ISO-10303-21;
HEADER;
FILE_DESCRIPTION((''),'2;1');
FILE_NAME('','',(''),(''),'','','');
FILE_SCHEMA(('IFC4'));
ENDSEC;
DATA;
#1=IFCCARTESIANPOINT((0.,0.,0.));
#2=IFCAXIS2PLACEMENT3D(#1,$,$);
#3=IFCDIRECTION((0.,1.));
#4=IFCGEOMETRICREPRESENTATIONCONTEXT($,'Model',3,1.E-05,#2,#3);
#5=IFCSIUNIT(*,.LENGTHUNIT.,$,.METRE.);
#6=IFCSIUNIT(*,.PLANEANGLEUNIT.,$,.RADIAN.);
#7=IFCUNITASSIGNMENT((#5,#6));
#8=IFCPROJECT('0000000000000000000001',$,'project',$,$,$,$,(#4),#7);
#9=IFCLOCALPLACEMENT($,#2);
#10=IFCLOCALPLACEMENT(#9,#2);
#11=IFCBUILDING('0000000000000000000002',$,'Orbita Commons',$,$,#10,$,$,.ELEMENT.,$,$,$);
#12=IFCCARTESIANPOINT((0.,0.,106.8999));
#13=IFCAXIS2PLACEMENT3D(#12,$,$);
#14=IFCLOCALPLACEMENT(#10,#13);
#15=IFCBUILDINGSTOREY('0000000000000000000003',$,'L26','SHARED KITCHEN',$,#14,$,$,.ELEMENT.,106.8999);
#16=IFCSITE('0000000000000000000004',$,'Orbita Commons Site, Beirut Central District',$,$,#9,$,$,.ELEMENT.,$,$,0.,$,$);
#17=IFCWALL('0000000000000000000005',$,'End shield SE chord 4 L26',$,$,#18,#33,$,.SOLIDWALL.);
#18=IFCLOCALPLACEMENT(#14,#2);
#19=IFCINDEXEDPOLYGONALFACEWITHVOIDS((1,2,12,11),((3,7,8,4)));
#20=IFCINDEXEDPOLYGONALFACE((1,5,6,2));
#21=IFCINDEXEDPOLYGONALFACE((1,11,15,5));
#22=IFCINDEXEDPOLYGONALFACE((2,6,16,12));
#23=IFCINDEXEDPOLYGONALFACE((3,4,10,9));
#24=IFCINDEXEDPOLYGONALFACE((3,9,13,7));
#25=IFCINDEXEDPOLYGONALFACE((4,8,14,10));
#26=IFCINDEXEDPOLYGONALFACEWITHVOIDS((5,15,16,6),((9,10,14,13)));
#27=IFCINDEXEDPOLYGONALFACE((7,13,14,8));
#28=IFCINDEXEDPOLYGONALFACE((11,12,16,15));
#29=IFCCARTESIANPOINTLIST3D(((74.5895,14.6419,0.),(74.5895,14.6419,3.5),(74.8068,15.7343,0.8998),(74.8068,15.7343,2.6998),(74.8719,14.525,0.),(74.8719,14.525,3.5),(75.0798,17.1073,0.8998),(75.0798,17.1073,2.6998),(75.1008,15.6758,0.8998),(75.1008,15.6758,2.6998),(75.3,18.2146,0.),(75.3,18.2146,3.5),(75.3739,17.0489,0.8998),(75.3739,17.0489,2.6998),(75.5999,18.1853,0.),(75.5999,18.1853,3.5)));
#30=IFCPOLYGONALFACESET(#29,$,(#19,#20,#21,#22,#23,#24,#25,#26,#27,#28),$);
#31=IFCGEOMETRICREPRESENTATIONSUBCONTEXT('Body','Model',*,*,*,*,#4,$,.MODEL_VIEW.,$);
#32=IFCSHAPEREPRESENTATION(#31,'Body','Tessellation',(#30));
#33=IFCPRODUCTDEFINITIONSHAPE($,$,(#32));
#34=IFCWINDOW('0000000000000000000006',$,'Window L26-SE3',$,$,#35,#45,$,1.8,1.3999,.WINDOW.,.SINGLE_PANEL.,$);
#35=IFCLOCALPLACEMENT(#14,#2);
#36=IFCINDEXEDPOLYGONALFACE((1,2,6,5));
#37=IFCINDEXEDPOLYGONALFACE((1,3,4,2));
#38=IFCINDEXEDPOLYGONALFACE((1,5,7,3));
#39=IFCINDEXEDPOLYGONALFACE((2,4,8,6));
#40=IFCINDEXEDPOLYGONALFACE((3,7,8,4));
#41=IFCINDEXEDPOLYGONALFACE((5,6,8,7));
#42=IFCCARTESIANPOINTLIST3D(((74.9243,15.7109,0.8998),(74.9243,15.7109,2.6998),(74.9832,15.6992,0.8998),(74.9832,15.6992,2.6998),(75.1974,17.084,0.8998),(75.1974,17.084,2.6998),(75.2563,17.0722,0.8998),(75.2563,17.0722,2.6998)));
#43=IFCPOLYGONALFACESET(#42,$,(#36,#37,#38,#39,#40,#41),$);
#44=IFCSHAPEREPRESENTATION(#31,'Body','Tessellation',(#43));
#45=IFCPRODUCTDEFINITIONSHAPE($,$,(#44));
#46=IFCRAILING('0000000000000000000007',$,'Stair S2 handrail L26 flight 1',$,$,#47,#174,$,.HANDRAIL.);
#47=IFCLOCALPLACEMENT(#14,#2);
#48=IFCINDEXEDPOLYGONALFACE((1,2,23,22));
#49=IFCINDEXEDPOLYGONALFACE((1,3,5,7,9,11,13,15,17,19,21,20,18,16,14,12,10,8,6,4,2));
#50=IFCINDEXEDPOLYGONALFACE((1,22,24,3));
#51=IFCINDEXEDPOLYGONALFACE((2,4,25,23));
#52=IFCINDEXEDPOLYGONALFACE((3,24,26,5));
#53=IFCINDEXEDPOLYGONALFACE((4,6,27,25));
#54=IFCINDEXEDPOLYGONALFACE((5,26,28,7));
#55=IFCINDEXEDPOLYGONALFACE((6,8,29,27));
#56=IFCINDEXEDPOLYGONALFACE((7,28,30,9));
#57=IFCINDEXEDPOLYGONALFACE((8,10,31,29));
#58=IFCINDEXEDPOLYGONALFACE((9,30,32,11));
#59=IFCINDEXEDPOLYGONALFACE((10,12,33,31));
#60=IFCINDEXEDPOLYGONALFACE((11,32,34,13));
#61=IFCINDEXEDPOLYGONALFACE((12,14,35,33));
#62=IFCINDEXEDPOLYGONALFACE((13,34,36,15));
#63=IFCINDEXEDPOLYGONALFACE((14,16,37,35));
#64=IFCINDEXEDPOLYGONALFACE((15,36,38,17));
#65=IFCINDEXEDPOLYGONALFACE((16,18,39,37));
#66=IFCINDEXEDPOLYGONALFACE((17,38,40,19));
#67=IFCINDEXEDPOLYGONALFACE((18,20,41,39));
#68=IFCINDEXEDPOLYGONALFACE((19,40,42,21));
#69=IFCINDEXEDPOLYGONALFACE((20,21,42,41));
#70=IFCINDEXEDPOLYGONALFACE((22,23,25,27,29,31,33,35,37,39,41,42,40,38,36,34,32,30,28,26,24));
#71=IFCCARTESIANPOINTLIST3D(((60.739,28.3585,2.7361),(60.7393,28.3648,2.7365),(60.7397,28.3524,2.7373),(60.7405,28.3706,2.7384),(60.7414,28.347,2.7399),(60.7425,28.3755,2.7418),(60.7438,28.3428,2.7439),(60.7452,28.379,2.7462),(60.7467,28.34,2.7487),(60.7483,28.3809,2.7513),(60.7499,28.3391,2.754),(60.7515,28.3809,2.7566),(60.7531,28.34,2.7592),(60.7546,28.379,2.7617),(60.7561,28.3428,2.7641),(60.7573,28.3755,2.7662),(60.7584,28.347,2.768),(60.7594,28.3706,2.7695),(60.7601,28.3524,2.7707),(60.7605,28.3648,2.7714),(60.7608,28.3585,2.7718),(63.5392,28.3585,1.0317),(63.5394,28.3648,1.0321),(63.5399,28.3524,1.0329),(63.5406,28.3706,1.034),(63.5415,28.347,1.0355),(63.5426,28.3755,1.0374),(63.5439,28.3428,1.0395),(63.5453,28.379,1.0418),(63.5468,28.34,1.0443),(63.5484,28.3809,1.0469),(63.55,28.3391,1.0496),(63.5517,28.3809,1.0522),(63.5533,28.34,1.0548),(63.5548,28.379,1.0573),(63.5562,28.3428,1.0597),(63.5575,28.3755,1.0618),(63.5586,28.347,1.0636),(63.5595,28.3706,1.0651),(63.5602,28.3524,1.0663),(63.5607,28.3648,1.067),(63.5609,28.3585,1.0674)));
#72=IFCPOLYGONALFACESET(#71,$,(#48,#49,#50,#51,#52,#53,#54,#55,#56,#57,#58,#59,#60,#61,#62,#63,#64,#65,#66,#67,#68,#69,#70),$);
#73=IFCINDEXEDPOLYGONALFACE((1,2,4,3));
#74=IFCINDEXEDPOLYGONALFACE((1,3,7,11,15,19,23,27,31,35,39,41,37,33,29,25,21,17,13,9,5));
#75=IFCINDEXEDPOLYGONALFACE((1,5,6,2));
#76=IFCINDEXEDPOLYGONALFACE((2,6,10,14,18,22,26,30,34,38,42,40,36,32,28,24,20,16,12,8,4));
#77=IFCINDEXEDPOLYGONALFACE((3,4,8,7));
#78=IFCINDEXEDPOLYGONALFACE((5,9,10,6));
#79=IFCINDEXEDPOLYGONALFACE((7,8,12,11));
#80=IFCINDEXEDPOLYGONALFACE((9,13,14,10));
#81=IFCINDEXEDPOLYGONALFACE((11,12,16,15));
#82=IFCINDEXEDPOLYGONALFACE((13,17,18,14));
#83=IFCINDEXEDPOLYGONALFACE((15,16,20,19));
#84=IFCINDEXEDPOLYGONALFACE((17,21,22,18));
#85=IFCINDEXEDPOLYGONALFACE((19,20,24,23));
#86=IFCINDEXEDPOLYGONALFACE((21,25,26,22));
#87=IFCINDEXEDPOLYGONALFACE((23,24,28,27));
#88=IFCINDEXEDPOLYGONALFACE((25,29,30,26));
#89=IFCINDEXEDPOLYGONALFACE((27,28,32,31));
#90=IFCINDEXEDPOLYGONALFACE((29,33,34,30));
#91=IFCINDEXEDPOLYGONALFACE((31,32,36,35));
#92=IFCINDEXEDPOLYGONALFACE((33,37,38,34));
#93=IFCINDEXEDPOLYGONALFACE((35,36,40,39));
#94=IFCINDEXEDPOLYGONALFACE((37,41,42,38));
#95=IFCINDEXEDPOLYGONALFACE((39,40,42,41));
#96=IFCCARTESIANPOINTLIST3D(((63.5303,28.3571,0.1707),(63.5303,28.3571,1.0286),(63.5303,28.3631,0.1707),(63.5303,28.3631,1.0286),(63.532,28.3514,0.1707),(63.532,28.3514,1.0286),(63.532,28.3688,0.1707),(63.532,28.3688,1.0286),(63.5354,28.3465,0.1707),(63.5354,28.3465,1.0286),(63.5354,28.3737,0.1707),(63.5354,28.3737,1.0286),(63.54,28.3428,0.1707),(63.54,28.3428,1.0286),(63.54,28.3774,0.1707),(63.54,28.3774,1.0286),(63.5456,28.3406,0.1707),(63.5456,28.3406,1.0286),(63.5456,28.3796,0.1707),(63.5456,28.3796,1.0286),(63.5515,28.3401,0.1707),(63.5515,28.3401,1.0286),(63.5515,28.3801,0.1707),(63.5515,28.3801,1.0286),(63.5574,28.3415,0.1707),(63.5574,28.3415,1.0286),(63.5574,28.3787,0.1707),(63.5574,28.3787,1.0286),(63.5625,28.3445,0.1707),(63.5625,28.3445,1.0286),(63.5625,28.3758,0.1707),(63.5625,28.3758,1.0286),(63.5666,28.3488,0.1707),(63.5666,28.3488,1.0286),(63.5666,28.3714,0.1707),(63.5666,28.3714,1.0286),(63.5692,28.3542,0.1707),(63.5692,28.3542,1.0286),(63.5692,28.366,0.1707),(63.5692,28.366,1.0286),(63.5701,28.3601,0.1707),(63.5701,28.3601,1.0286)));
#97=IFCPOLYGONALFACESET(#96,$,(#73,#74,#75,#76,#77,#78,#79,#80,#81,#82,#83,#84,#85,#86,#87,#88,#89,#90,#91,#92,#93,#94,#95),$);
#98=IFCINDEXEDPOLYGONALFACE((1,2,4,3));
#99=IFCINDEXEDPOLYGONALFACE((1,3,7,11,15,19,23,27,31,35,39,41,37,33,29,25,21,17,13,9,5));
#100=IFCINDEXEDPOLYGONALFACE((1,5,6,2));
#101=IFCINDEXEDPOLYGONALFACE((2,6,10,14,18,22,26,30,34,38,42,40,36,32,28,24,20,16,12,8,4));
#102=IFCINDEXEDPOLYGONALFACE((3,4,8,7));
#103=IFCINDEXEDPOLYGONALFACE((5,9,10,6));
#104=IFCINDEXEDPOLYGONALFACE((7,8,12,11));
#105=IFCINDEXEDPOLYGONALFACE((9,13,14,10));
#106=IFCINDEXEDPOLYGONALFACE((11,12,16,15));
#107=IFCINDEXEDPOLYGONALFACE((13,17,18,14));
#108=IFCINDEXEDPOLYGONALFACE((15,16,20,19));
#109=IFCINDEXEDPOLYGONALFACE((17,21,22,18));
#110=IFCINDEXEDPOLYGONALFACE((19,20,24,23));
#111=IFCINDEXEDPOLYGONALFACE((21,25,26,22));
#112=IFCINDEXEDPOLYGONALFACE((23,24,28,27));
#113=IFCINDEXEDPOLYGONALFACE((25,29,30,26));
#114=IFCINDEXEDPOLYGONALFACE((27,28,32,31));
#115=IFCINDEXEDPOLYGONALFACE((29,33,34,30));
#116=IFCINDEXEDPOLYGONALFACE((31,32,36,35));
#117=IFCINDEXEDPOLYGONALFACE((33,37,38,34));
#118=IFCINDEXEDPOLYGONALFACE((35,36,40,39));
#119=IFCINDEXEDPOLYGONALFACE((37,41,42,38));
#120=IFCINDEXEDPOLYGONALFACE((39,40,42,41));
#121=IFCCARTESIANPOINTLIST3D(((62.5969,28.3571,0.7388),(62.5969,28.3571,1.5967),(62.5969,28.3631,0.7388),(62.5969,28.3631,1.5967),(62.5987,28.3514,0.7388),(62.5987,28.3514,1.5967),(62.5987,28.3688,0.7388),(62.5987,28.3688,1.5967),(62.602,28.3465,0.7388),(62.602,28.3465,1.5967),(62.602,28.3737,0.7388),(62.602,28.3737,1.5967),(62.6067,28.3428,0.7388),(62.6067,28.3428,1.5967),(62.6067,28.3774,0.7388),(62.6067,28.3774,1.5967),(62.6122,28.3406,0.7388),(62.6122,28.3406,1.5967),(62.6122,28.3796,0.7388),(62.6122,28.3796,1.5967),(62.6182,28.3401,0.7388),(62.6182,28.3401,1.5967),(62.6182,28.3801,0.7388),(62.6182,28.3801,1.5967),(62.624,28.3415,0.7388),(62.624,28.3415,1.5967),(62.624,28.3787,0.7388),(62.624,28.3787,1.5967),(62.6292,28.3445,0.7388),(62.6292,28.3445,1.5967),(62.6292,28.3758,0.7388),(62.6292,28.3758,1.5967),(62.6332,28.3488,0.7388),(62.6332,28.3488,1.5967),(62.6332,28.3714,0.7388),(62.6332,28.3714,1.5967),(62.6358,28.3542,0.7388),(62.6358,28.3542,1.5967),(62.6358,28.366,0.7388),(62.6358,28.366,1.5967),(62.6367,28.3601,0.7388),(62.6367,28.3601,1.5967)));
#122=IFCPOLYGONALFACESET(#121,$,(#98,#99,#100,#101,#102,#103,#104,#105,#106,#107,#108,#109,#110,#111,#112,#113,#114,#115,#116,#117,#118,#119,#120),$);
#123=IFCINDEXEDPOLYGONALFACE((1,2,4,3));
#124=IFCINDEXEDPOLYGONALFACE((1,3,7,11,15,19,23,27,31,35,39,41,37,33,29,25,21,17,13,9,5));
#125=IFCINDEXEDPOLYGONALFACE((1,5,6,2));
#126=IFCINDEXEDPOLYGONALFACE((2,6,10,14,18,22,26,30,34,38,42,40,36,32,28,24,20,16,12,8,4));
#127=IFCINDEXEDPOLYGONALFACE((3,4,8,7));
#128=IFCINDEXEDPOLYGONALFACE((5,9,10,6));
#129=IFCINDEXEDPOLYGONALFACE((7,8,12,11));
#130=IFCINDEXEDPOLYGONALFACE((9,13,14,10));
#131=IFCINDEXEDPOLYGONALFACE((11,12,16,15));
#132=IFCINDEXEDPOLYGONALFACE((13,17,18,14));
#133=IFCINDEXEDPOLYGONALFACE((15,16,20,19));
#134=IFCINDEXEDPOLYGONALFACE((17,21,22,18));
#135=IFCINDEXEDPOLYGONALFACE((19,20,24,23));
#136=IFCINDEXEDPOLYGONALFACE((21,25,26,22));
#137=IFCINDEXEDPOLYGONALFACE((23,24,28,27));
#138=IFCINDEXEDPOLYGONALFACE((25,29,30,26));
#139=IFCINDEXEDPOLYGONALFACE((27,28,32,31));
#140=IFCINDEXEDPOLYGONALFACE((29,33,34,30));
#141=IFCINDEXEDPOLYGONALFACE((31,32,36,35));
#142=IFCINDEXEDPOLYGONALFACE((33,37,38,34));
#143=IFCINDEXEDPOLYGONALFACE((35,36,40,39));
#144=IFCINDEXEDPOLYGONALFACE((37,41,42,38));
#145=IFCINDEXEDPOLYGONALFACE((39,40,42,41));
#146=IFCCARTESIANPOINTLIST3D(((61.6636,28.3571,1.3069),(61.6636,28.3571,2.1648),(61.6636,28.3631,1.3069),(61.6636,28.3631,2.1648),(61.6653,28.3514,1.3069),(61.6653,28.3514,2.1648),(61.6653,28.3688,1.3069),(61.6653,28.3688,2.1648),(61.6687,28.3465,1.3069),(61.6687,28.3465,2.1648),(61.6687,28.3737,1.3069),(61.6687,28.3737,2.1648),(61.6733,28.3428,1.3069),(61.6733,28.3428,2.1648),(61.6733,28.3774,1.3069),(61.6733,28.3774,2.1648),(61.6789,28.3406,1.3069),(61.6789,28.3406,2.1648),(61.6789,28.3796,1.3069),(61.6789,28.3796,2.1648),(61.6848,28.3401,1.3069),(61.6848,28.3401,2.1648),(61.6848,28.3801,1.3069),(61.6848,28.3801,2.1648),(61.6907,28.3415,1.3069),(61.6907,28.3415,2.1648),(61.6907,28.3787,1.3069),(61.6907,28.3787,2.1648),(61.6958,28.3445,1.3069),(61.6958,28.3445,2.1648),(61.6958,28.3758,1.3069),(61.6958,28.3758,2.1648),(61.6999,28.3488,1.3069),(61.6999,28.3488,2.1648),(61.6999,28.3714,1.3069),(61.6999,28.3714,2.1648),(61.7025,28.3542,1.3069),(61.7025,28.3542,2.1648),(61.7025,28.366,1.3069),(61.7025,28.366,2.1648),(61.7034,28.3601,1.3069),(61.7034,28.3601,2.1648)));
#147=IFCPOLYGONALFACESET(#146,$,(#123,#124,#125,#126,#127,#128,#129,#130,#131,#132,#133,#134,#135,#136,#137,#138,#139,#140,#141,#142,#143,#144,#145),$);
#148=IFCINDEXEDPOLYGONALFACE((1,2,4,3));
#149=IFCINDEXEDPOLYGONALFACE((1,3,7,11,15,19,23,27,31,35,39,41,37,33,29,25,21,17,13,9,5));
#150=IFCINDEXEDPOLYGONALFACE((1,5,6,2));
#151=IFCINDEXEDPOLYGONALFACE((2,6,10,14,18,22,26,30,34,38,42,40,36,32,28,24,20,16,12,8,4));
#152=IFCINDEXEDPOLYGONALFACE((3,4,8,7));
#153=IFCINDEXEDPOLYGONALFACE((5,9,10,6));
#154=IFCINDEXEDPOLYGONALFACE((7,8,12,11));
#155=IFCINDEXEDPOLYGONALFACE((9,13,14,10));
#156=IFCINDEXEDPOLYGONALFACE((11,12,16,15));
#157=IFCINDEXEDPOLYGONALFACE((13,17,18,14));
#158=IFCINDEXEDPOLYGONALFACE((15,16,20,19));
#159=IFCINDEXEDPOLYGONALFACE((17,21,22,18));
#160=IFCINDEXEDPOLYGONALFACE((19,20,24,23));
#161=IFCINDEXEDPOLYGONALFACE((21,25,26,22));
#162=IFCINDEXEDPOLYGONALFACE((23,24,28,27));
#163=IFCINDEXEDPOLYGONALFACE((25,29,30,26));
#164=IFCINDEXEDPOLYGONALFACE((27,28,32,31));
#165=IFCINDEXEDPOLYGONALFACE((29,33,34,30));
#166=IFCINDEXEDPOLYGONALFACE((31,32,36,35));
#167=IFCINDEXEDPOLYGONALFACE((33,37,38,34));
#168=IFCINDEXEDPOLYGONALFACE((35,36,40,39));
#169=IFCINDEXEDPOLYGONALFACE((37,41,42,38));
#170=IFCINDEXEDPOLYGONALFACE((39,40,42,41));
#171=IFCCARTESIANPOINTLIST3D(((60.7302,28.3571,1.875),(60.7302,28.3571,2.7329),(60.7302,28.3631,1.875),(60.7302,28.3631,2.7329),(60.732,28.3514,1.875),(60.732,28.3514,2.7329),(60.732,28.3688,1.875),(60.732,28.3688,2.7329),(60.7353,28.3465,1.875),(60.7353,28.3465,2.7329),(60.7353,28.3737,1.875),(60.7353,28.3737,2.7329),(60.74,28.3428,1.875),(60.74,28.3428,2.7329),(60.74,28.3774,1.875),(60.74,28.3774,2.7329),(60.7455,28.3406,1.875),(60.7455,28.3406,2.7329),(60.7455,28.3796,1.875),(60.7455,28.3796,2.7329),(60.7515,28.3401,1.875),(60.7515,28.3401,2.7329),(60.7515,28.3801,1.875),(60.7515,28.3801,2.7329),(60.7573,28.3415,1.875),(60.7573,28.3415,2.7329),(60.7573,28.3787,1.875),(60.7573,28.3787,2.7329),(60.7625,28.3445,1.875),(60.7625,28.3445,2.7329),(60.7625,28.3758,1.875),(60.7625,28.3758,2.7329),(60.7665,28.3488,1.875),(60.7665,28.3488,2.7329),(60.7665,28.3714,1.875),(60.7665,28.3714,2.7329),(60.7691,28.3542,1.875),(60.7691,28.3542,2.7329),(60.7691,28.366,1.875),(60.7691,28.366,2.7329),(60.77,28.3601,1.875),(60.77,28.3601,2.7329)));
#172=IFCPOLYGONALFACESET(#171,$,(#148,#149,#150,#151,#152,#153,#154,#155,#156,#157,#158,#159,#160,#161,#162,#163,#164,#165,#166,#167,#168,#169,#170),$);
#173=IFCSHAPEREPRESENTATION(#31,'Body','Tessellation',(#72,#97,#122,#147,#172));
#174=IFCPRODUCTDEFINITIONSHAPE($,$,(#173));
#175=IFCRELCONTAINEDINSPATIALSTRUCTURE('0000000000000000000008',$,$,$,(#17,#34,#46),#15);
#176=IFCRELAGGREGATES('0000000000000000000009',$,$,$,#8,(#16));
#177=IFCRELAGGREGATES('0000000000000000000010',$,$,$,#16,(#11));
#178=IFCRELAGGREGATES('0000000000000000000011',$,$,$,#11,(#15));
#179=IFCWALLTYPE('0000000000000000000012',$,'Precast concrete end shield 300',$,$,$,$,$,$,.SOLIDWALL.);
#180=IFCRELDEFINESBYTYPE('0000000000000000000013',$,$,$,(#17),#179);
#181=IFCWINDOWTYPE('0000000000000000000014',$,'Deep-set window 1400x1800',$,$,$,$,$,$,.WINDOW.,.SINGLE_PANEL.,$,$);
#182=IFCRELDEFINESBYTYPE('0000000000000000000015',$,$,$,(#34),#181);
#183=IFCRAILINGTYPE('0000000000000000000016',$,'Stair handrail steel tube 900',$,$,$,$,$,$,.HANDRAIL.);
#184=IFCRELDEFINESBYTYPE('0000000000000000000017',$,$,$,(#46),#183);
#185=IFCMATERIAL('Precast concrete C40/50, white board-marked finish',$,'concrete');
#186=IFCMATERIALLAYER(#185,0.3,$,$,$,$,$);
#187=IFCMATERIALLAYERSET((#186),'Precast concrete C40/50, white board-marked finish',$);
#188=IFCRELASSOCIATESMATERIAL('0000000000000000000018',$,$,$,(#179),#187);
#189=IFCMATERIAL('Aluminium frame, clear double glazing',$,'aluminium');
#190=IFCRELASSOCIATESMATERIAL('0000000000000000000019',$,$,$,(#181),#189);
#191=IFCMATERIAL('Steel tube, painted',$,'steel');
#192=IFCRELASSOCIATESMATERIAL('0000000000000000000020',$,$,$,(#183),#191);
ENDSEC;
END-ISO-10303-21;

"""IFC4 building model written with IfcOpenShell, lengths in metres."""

from ifc_helpers import new_model, si_unit, direction, frame, frame_2d, origin, origin_2d, place, context, subcontext, project, spatial, polyline, rectangle, circle, outline, extrude, material, layer, layer_set, type_object, element, fill, save


model = new_model("IFC4")

# Units and contexts
model_context = context("Model", 3, precision=1e-05, world=origin(), true_north=direction((0.0, 1.0)))
body_context = subcontext(model_context, "Body", "Model", "MODEL_VIEW")
ifc_project = project(units=[si_unit("LENGTHUNIT", "METRE"), si_unit("PLANEANGLEUNIT", "RADIAN")], contexts=[model_context])

# Site, building, storey
site_placement = place(None, origin())
site = spatial("IfcSite", under=ifc_project, at=site_placement, Name="Orbita Commons Site, Beirut Central District", CompositionType="ELEMENT", RefElevation=0.0)
building_placement = place(site_placement, origin())
building = spatial("IfcBuilding", under=site, at=building_placement, Name="Orbita Commons", CompositionType="ELEMENT")
storey_placement = place(building_placement, frame((0.0, 0.0, 106.8999)))
storey = spatial("IfcBuildingStorey", under=building, at=storey_placement, Name="L26", Description="SHARED KITCHEN", CompositionType="ELEMENT", Elevation=106.8999)

# Shared definitions
ifc_material_1 = material(Name="Precast concrete C40/50, white board-marked finish", Category="concrete")
ifc_layer_1 = layer(ifc_material_1, 0.3)
ifc_layer_set_1 = layer_set([ifc_layer_1], Name="Precast concrete C40/50, white board-marked finish")
wall_type_1 = type_object("IfcWallType", Name="Precast concrete end shield 300", PredefinedType="SOLIDWALL", material=ifc_layer_set_1)

# Wall, opening, window
ifc_material_2 = material(Name="Aluminium frame, clear double glazing", Category="aluminium")
window_type_1 = type_object("IfcWindowType", Name="Deep-set window 1400x1800", PartitioningType="SINGLE_PANEL", PredefinedType="WINDOW", material=ifc_material_2)
wall_1_placement = place(storey_placement, frame((74.7307, 14.5835, 0.0), z_axis=(0.0, 0.0, 1.0), x_axis=(0.195059, 0.980791, 0.0)))
wall_1 = element("IfcWall", 1, at=wall_1_placement, inside=storey, type_object=wall_type_1, Name="End shield SE chord 4 L26", PredefinedType="SOLIDWALL", context=body_context, shape_type="SweptSolid", body=[
    extrude(outline(polyline([(-0.0298, -0.1499), (3.7021, -0.1499), (3.6724, 0.1499), (0.0298, 0.1499), (-0.0298, -0.1499)])), origin(), (0.0, 0.0, 1.0), 3.5),
])
opening_1_placement = place(wall_1_placement, frame((1.1436, 0.0, 0.8999)))
opening_1 = element("IfcOpeningElement", 2, at=opening_1_placement, cuts=wall_1, PredefinedType="OPENING", context=body_context, shape_type="SweptSolid", body=[
    extrude(rectangle(XDim=1.3999, YDim=1.8, at=frame_2d((0.7, 0.8999))), frame((0.0, 0.1599, 0.0), z_axis=(0.0, -1.0, 0.0), x_axis=(1.0, 0.0, 0.0)), (0.0, 0.0, 1.0), 0.3201),
])
window_1_placement = place(opening_1_placement, origin())
window_1 = element("IfcWindow", 3, at=window_1_placement, inside=storey, type_object=window_type_1, Name="Window L26-SE3", OverallHeight=1.8, OverallWidth=1.3999, PartitioningType="SINGLE_PANEL", PredefinedType="WINDOW", context=body_context, shape_type="SweptSolid", body=[
    extrude(rectangle(XDim=1.3999, YDim=1.8, at=frame_2d((0.7, 0.8999))), frame((0.0, 0.03, 0.0), z_axis=(0.0, -1.0, 0.0), x_axis=(1.0, 0.0, 0.0)), (0.0, 0.0, 1.0), 0.0601),
])
fill(opening_1, window_1)

# Railing
ifc_material_3 = material(Name="Steel tube, painted", Category="steel")
railing_type = type_object("IfcRailingType", Name="Stair handrail steel tube 900", PredefinedType="HANDRAIL", material=ifc_material_3)
railing_placement = place(storey_placement, frame((63.55, 28.3601, 0.1707)))
element("IfcRailing", 4, at=railing_placement, inside=storey, type_object=railing_type, Name="Stair S2 handrail L26 flight 1", PredefinedType="HANDRAIL", context=body_context, shape_type="SweptSolid", body=[
    extrude(circle(Radius=0.021, at=origin_2d()), frame((0.0, 0.0, 0.8789), z_axis=(-0.854203, 0.0, 0.51994), x_axis=(0.0, -1.0, 0.0)), (0.0, 0.0, 1.0), 3.2781),
    extrude(circle(Radius=0.02, at=origin_2d()), origin(), (0.0, 0.0, 1.0), 0.8579),
    extrude(circle(Radius=0.02, at=origin_2d()), frame((-0.9333, 0.0, 0.5681)), (0.0, 0.0, 1.0), 0.8579),
    extrude(circle(Radius=0.02, at=origin_2d()), frame((-1.8667, 0.0, 1.1362)), (0.0, 0.0, 1.0), 0.8579),
    extrude(circle(Radius=0.02, at=origin_2d()), frame((-2.8, 0.0, 1.7043)), (0.0, 0.0, 1.0), 0.8579),
])

save(model, "model.ifc")
